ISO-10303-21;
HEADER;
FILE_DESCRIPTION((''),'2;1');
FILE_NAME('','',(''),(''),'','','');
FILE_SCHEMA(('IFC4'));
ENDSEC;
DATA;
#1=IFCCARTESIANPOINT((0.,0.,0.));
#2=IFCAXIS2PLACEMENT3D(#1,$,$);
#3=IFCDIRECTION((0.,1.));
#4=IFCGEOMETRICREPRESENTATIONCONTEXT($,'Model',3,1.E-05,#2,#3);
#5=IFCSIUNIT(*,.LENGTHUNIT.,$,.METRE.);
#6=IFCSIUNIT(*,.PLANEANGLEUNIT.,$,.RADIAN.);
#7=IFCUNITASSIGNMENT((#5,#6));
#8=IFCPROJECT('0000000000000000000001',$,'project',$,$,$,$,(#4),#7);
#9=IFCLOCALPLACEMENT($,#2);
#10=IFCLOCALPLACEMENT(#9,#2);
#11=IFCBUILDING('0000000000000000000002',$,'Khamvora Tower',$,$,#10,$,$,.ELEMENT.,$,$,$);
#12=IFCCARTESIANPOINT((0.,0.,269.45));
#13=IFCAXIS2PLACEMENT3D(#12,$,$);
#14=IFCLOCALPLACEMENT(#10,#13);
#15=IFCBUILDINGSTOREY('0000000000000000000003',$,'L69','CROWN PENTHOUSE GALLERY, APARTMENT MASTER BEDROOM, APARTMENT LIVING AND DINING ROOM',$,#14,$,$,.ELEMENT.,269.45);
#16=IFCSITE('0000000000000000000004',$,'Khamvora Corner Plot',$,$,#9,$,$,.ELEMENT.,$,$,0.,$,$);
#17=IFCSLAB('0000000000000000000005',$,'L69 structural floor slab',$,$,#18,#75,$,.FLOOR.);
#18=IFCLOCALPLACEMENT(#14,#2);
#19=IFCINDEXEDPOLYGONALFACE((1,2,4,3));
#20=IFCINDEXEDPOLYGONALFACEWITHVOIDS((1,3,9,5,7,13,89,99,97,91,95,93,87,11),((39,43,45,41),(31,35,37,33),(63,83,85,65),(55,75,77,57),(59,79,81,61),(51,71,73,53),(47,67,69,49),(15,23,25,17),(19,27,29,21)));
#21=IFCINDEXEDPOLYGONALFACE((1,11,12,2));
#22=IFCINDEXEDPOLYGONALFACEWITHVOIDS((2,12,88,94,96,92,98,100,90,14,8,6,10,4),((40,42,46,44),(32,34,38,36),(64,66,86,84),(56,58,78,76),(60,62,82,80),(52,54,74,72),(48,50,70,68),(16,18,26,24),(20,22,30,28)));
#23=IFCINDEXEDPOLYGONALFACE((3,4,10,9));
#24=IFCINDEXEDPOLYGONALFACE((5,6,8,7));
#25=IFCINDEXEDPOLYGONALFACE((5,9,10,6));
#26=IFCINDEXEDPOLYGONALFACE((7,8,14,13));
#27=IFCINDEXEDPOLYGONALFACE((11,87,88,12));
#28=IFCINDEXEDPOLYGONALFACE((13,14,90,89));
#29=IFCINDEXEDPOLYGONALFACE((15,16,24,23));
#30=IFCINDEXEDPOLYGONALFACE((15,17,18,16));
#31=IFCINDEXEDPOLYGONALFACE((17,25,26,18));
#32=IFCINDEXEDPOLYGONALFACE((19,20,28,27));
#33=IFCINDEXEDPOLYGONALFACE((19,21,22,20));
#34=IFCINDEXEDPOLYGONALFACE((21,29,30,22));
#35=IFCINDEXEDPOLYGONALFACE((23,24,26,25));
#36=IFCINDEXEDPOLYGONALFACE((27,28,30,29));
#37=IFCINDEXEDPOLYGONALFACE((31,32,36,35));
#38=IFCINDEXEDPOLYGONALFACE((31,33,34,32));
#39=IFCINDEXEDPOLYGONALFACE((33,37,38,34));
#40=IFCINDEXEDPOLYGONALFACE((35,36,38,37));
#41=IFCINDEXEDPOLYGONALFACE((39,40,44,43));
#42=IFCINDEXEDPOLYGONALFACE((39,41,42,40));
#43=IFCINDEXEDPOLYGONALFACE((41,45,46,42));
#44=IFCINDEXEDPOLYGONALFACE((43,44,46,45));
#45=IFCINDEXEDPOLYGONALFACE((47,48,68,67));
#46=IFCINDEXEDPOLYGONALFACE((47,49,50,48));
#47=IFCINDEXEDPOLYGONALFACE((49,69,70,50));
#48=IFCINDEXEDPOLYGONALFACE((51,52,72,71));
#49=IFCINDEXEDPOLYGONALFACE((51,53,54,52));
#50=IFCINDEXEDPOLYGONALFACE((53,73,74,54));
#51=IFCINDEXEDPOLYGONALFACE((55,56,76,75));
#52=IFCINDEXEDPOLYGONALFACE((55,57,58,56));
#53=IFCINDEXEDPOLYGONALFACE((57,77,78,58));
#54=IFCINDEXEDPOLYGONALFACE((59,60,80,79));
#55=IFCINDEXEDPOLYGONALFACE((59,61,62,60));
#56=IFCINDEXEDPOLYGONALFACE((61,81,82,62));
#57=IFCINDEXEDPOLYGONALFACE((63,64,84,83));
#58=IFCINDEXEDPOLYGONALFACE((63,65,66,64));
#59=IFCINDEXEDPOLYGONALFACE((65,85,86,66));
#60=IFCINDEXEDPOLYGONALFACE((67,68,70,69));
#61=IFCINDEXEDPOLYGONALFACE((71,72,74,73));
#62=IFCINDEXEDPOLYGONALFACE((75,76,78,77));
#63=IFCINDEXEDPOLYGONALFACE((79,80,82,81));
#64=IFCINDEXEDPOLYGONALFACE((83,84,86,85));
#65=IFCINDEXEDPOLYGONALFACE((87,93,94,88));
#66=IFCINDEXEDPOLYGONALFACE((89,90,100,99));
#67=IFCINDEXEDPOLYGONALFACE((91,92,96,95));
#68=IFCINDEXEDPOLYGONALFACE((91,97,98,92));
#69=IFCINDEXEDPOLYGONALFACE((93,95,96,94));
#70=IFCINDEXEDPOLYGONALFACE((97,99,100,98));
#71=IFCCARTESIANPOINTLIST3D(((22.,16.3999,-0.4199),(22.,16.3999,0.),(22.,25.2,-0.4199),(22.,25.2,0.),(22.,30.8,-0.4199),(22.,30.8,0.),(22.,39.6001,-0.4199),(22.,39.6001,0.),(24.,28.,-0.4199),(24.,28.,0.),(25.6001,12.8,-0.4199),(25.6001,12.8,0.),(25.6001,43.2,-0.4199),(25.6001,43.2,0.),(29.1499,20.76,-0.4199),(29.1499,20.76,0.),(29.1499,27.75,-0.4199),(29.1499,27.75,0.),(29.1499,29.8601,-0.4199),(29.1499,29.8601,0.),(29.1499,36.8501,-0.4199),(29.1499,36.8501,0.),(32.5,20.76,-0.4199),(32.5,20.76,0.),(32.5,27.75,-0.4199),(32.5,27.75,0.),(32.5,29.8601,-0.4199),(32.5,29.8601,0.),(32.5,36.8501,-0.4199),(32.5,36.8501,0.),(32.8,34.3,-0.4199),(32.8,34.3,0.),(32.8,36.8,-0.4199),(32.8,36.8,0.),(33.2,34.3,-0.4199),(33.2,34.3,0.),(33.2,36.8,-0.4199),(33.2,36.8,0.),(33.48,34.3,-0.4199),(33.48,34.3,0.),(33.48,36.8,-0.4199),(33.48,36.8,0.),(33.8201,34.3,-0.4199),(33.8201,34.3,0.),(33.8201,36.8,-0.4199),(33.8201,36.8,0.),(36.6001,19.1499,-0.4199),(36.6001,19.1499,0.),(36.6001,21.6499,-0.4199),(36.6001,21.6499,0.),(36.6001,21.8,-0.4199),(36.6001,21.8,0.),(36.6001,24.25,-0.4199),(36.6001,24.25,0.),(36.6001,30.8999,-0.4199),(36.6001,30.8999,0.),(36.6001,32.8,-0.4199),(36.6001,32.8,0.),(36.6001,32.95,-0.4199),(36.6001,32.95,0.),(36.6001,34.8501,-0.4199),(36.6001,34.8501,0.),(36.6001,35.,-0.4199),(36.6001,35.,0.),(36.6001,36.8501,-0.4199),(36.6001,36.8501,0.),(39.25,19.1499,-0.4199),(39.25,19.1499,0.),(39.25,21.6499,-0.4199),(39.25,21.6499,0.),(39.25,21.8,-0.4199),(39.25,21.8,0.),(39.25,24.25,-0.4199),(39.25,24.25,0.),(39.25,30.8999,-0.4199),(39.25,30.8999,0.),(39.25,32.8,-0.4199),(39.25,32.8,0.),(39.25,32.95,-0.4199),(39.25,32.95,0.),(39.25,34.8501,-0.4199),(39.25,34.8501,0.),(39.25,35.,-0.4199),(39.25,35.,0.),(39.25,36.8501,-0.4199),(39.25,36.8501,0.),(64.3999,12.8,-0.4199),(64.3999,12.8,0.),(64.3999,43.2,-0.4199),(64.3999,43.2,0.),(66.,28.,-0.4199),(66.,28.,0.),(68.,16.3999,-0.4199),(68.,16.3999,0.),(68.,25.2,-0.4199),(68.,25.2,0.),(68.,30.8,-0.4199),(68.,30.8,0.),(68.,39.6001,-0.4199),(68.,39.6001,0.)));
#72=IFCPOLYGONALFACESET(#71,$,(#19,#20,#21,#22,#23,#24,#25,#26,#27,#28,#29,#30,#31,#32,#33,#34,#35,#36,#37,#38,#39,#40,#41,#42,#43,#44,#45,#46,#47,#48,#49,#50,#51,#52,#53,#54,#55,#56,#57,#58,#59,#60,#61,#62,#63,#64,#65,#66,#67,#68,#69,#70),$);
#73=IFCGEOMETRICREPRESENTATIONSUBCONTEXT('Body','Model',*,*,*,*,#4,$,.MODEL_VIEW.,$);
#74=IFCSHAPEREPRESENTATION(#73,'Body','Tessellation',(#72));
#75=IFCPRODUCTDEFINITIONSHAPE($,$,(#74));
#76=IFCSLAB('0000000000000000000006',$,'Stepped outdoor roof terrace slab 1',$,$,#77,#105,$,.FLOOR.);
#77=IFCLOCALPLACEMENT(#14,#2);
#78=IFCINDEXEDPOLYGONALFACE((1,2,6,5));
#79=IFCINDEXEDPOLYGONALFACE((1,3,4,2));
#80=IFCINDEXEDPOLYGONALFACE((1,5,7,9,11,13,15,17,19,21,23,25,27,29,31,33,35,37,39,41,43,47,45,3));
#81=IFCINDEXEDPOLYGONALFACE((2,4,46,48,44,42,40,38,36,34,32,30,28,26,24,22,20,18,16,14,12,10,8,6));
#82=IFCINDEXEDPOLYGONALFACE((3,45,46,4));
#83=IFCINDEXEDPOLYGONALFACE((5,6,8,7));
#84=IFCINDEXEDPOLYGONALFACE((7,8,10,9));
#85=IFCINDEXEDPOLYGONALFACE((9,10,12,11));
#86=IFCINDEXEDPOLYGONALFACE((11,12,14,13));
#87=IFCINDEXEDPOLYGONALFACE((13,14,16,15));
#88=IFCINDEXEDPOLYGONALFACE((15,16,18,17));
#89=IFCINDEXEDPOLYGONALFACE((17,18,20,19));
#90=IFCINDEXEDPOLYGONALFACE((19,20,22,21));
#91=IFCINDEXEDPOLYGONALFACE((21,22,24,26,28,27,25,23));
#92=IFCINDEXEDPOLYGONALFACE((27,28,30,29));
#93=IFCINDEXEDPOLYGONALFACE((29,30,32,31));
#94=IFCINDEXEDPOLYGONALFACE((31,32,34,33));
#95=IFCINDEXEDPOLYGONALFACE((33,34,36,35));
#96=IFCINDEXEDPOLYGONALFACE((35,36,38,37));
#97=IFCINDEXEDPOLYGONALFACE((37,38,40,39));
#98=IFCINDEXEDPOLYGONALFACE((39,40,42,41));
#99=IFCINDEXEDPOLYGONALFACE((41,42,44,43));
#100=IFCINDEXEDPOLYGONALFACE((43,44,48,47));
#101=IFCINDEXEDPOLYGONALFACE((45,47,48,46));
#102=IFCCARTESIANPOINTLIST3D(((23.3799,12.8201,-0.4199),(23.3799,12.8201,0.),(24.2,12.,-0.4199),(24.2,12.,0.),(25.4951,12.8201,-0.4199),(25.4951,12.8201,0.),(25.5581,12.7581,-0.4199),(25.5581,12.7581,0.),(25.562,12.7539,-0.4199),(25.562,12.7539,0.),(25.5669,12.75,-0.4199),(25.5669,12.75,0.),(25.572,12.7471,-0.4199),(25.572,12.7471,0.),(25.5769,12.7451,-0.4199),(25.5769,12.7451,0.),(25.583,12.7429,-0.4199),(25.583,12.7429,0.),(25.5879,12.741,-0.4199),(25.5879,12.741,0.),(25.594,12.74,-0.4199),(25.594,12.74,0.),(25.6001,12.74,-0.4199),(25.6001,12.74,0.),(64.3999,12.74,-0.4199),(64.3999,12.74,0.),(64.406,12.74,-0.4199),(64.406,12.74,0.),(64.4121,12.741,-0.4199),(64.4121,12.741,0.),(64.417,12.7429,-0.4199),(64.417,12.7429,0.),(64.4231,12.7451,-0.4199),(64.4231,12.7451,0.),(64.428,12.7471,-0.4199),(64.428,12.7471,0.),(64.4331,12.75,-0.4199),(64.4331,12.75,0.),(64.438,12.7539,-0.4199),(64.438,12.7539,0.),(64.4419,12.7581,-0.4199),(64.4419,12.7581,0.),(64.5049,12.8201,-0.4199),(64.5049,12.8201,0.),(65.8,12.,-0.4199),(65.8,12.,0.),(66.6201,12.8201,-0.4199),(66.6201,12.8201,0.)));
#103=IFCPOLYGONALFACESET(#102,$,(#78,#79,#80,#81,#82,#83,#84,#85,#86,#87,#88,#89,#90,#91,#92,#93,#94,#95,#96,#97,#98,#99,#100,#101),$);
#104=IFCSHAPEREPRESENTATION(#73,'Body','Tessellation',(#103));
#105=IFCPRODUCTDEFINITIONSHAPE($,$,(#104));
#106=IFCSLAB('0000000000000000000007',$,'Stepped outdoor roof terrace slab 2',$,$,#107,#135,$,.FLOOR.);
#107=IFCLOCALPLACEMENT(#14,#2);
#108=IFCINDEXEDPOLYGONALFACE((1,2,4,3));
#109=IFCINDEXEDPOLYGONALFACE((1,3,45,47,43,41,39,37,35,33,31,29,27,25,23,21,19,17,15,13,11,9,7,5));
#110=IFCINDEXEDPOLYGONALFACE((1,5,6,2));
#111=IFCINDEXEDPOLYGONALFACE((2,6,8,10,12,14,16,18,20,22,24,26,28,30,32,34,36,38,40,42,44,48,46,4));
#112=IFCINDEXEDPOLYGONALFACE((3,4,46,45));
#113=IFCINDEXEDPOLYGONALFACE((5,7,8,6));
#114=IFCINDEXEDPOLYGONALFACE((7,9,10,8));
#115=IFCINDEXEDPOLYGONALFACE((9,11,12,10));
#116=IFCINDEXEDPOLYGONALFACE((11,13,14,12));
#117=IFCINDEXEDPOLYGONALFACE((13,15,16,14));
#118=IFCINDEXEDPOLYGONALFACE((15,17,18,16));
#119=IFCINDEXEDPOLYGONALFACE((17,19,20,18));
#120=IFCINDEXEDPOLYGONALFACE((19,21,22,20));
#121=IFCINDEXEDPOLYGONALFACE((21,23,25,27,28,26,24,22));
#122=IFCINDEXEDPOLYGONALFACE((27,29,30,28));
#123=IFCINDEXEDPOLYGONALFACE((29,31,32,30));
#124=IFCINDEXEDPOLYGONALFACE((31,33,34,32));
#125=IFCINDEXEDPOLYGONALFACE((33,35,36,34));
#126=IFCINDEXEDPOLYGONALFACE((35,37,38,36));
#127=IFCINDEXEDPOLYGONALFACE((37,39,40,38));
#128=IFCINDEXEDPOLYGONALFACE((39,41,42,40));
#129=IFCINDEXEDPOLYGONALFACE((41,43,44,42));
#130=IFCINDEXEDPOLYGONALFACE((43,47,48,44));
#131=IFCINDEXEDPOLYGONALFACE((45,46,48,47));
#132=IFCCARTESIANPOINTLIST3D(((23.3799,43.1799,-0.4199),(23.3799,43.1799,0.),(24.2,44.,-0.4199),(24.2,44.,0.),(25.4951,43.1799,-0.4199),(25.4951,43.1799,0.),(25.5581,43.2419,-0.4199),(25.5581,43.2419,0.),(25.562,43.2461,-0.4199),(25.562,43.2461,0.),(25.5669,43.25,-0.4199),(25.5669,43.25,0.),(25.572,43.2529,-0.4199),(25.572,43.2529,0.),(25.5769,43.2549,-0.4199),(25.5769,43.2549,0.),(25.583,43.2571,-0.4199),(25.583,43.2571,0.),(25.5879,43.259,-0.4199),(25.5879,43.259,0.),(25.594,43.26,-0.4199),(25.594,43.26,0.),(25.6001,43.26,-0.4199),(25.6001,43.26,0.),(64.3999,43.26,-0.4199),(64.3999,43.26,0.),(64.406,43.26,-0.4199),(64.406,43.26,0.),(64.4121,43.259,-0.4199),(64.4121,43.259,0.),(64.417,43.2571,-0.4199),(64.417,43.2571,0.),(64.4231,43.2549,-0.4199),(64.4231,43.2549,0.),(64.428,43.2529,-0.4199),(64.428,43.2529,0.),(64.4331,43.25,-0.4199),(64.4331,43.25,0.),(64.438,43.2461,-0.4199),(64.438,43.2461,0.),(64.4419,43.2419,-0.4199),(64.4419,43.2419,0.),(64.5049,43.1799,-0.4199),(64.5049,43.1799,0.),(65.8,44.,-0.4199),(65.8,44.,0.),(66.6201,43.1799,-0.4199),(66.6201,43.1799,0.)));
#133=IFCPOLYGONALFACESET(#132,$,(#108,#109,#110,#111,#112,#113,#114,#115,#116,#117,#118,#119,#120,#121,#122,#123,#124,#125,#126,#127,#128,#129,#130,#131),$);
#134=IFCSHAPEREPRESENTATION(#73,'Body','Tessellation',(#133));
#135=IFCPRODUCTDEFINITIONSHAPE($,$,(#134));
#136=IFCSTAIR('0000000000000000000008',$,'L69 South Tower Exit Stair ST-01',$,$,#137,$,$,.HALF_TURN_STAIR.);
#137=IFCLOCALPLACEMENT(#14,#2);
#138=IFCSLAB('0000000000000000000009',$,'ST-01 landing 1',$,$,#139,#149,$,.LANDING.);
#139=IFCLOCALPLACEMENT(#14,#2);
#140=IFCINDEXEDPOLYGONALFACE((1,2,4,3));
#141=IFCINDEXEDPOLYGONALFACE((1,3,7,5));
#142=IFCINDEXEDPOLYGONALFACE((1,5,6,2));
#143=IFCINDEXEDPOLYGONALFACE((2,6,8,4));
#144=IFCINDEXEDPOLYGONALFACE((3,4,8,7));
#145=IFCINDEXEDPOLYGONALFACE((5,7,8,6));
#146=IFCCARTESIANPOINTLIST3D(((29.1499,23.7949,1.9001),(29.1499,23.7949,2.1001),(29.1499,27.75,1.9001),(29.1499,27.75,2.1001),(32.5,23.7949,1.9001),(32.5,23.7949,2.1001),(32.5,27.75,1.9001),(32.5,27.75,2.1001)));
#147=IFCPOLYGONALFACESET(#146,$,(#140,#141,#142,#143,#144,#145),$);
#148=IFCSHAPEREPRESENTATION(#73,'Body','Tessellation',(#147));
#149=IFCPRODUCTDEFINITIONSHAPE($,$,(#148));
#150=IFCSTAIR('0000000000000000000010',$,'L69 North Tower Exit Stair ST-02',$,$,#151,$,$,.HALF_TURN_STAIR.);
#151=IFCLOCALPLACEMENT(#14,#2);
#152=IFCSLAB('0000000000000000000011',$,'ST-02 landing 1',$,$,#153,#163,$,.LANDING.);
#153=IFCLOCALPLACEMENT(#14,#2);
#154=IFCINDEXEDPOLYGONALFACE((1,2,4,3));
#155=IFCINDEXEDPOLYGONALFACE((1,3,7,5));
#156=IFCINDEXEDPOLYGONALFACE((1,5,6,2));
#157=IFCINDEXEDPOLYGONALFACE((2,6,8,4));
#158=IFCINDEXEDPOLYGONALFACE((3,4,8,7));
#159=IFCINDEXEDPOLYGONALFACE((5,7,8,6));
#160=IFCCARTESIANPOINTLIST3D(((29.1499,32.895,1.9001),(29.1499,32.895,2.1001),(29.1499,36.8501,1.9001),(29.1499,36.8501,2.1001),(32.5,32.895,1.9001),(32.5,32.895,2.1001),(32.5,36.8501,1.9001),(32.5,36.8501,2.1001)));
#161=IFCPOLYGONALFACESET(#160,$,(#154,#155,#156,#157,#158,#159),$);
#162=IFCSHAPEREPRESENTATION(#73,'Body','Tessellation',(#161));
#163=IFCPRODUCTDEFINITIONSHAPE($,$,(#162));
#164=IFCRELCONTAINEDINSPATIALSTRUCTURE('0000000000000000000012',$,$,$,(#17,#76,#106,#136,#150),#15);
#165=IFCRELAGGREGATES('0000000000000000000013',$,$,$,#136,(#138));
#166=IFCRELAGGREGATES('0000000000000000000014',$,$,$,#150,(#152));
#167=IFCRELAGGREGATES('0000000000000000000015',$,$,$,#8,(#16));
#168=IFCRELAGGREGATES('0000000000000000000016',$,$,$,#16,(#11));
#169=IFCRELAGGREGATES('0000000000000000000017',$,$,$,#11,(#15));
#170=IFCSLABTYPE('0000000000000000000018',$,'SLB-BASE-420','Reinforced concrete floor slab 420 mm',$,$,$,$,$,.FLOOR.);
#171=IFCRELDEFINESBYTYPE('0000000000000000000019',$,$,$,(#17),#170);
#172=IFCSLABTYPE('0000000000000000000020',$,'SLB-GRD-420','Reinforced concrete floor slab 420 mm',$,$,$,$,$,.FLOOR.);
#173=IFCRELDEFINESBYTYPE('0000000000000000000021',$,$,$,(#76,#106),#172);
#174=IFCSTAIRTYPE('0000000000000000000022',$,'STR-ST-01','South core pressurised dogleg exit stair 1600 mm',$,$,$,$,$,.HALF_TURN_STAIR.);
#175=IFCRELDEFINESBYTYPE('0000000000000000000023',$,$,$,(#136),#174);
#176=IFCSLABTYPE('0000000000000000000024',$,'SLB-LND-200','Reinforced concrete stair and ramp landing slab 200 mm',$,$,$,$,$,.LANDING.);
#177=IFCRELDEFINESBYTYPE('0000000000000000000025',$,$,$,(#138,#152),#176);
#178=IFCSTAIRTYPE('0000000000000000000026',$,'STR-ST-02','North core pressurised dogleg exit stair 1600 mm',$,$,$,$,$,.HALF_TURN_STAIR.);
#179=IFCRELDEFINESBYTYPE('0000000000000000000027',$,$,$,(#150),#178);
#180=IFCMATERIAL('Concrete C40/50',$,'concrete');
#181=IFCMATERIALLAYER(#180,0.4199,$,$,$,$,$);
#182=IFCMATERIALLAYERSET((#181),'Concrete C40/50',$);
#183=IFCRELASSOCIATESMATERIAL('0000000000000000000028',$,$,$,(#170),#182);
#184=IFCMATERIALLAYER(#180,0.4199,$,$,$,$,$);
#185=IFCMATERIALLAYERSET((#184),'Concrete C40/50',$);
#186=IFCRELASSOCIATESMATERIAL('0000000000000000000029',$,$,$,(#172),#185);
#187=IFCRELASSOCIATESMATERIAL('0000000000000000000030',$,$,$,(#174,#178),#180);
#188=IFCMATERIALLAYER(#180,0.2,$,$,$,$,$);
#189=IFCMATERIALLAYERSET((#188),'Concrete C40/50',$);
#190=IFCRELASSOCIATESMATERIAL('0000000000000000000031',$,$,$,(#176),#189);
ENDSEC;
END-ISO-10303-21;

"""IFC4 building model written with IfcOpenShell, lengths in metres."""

from ifc_helpers import new_model, si_unit, direction, frame, origin, place, context, subcontext, project, spatial, polyline, outline, extrude, material, layer, layer_set, type_object, element, aggregate, save


model = new_model("IFC4")

# Units and contexts
model_context = context("Model", 3, precision=1e-05, world=origin(), true_north=direction((0.0, 1.0)))
body_context = subcontext(model_context, "Body", "Model", "MODEL_VIEW")
ifc_project = project(units=[si_unit("LENGTHUNIT", "METRE"), si_unit("PLANEANGLEUNIT", "RADIAN")], contexts=[model_context])

# Site, building, storey
site_placement = place(None, origin())
site = spatial("IfcSite", under=ifc_project, at=site_placement, Name="Khamvora Corner Plot", CompositionType="ELEMENT", RefElevation=0.0)
building_placement = place(site_placement, origin())
building = spatial("IfcBuilding", under=site, at=building_placement, Name="Khamvora Tower", CompositionType="ELEMENT")
storey_placement = place(building_placement, frame((0.0, 0.0, 269.45)))
storey = spatial("IfcBuildingStorey", under=building, at=storey_placement, Name="L69", Description="CROWN PENTHOUSE GALLERY, APARTMENT MASTER BEDROOM, APARTMENT LIVING AND DINING ROOM", CompositionType="ELEMENT", Elevation=269.45)

# Slabs
ifc_material_1 = material(Name="Concrete C40/50", Category="concrete")
ifc_layer_1 = layer(ifc_material_1, 0.4199)
ifc_layer_set_1 = layer_set([ifc_layer_1], Name="Concrete C40/50")
slab_type_1 = type_object("IfcSlabType", Name="SLB-BASE-420", Description="Reinforced concrete floor slab 420 mm", PredefinedType="FLOOR", material=ifc_layer_set_1)
slab_1_placement = place(storey_placement, frame((0.0, 0.0, -0.4199)))
element("IfcSlab", 1, at=slab_1_placement, inside=storey, type_object=slab_type_1, Name="L69 structural floor slab", PredefinedType="FLOOR", context=body_context, shape_type="SweptSolid", body=[
    extrude(outline(polyline([(25.6001, 12.8), (64.3999, 12.8), (68.0, 16.3999), (68.0, 25.2), (66.0, 28.0), (68.0, 30.8), (68.0, 39.6001), (64.3999, 43.2), (25.6001, 43.2), (22.0, 39.6001), (22.0, 30.8), (24.0, 28.0), (22.0, 25.2), (22.0, 16.3999), (25.6001, 12.8)]), holes=[polyline([(32.5, 20.76), (32.5, 27.75), (29.1499, 27.75), (29.1499, 20.76), (32.5, 20.76)]), polyline([(32.5, 29.8601), (32.5, 36.8501), (29.1499, 36.8501), (29.1499, 29.8601), (32.5, 29.8601)]), polyline([(36.6001, 19.1499), (39.25, 19.1499), (39.25, 21.6499), (36.6001, 21.6499), (36.6001, 19.1499)]), polyline([(36.6001, 21.8), (39.25, 21.8), (39.25, 24.25), (36.6001, 24.25), (36.6001, 21.8)]), polyline([(36.6001, 30.8999), (39.25, 30.8999), (39.25, 32.8), (36.6001, 32.8), (36.6001, 30.8999)]), polyline([(36.6001, 32.95), (39.25, 32.95), (39.25, 34.8501), (36.6001, 34.8501), (36.6001, 32.95)]), polyline([(36.6001, 35.0), (39.25, 35.0), (39.25, 36.8501), (36.6001, 36.8501), (36.6001, 35.0)]), polyline([(32.8, 34.3), (33.2, 34.3), (33.2, 36.8), (32.8, 36.8), (32.8, 34.3)]), polyline([(33.48, 34.3), (33.8201, 34.3), (33.8201, 36.8), (33.48, 36.8), (33.48, 34.3)])]), origin(), (0.0, 0.0, 1.0), 0.4199),
])
ifc_layer_2 = layer(ifc_material_1, 0.4199)
ifc_layer_set_2 = layer_set([ifc_layer_2], Name="Concrete C40/50")
slab_type_2 = type_object("IfcSlabType", Name="SLB-GRD-420", Description="Reinforced concrete floor slab 420 mm", PredefinedType="FLOOR", material=ifc_layer_set_2)
slab_2_placement = place(storey_placement, frame((0.0, 0.0, -0.4199)))
element("IfcSlab", 2, at=slab_2_placement, inside=storey, type_object=slab_type_2, Name="Stepped outdoor roof terrace slab 1", PredefinedType="FLOOR", context=body_context, shape_type="SweptSolid", body=[
    extrude(outline(polyline([(65.8, 12.0), (24.2, 12.0), (23.3799, 12.8201), (25.4951, 12.8201), (25.5581, 12.7581), (25.562, 12.7539), (25.5669, 12.75), (25.572, 12.7471), (25.5769, 12.7451), (25.583, 12.7429), (25.5879, 12.741), (25.594, 12.74), (25.6001, 12.74), (64.3999, 12.74), (64.406, 12.74), (64.4121, 12.741), (64.417, 12.7429), (64.4231, 12.7451), (64.428, 12.7471), (64.4331, 12.75), (64.438, 12.7539), (64.4419, 12.7581), (64.5049, 12.8201), (66.6201, 12.8201), (65.8, 12.0)])), origin(), (0.0, 0.0, 1.0), 0.4199),
])
slab_3_placement = place(storey_placement, frame((0.0, 0.0, -0.4199)))
element("IfcSlab", 3, at=slab_3_placement, inside=storey, type_object=slab_type_2, Name="Stepped outdoor roof terrace slab 2", PredefinedType="FLOOR", context=body_context, shape_type="SweptSolid", body=[
    extrude(outline(polyline([(24.2, 44.0), (65.8, 44.0), (66.6201, 43.1799), (64.5049, 43.1799), (64.4419, 43.2419), (64.438, 43.2461), (64.4331, 43.25), (64.428, 43.2529), (64.4231, 43.2549), (64.417, 43.2571), (64.4121, 43.259), (64.406, 43.26), (64.3999, 43.26), (25.6001, 43.26), (25.594, 43.26), (25.5879, 43.259), (25.583, 43.2571), (25.5769, 43.2549), (25.572, 43.2529), (25.5669, 43.25), (25.562, 43.2461), (25.5581, 43.2419), (25.4951, 43.1799), (23.3799, 43.1799), (24.2, 44.0)])), origin(), (0.0, 0.0, 1.0), 0.4199),
])

# Stairs, slabs
stair_type_1 = type_object("IfcStairType", Name="STR-ST-01", Description="South core pressurised dogleg exit stair 1600 mm", PredefinedType="HALF_TURN_STAIR", material=ifc_material_1)
stair_1_placement = place(storey_placement, origin())
stair_1 = element("IfcStair", 4, at=stair_1_placement, inside=storey, type_object=stair_type_1, Name="L69 South Tower Exit Stair ST-01", PredefinedType="HALF_TURN_STAIR")
ifc_layer_3 = layer(ifc_material_1, 0.2)
ifc_layer_set_3 = layer_set([ifc_layer_3], Name="Concrete C40/50")
slab_type_3 = type_object("IfcSlabType", Name="SLB-LND-200", Description="Reinforced concrete stair and ramp landing slab 200 mm", PredefinedType="LANDING", material=ifc_layer_set_3)
slab_4_placement = place(storey_placement, frame((0.0, 0.0, 1.9001)))
slab_4 = element("IfcSlab", 5, at=slab_4_placement, type_object=slab_type_3, Name="ST-01 landing 1", PredefinedType="LANDING", context=body_context, shape_type="SweptSolid", body=[
    extrude(outline(polyline([(32.5, 23.7949), (32.5, 27.75), (29.1499, 27.75), (29.1499, 23.7949), (32.5, 23.7949)])), origin(), (0.0, 0.0, 1.0), 0.2),
])
aggregate(stair_1, [slab_4])
stair_type_2 = type_object("IfcStairType", Name="STR-ST-02", Description="North core pressurised dogleg exit stair 1600 mm", PredefinedType="HALF_TURN_STAIR", material=ifc_material_1)
stair_2_placement = place(storey_placement, origin())
stair_2 = element("IfcStair", 6, at=stair_2_placement, inside=storey, type_object=stair_type_2, Name="L69 North Tower Exit Stair ST-02", PredefinedType="HALF_TURN_STAIR")
slab_5_placement = place(storey_placement, frame((0.0, 0.0, 1.9001)))
slab_5 = element("IfcSlab", 7, at=slab_5_placement, type_object=slab_type_3, Name="ST-02 landing 1", PredefinedType="LANDING", context=body_context, shape_type="SweptSolid", body=[
    extrude(outline(polyline([(32.5, 32.895), (32.5, 36.8501), (29.1499, 36.8501), (29.1499, 32.895), (32.5, 32.895)])), origin(), (0.0, 0.0, 1.0), 0.2),
])
aggregate(stair_2, [slab_5])

save(model, "model.ifc")
